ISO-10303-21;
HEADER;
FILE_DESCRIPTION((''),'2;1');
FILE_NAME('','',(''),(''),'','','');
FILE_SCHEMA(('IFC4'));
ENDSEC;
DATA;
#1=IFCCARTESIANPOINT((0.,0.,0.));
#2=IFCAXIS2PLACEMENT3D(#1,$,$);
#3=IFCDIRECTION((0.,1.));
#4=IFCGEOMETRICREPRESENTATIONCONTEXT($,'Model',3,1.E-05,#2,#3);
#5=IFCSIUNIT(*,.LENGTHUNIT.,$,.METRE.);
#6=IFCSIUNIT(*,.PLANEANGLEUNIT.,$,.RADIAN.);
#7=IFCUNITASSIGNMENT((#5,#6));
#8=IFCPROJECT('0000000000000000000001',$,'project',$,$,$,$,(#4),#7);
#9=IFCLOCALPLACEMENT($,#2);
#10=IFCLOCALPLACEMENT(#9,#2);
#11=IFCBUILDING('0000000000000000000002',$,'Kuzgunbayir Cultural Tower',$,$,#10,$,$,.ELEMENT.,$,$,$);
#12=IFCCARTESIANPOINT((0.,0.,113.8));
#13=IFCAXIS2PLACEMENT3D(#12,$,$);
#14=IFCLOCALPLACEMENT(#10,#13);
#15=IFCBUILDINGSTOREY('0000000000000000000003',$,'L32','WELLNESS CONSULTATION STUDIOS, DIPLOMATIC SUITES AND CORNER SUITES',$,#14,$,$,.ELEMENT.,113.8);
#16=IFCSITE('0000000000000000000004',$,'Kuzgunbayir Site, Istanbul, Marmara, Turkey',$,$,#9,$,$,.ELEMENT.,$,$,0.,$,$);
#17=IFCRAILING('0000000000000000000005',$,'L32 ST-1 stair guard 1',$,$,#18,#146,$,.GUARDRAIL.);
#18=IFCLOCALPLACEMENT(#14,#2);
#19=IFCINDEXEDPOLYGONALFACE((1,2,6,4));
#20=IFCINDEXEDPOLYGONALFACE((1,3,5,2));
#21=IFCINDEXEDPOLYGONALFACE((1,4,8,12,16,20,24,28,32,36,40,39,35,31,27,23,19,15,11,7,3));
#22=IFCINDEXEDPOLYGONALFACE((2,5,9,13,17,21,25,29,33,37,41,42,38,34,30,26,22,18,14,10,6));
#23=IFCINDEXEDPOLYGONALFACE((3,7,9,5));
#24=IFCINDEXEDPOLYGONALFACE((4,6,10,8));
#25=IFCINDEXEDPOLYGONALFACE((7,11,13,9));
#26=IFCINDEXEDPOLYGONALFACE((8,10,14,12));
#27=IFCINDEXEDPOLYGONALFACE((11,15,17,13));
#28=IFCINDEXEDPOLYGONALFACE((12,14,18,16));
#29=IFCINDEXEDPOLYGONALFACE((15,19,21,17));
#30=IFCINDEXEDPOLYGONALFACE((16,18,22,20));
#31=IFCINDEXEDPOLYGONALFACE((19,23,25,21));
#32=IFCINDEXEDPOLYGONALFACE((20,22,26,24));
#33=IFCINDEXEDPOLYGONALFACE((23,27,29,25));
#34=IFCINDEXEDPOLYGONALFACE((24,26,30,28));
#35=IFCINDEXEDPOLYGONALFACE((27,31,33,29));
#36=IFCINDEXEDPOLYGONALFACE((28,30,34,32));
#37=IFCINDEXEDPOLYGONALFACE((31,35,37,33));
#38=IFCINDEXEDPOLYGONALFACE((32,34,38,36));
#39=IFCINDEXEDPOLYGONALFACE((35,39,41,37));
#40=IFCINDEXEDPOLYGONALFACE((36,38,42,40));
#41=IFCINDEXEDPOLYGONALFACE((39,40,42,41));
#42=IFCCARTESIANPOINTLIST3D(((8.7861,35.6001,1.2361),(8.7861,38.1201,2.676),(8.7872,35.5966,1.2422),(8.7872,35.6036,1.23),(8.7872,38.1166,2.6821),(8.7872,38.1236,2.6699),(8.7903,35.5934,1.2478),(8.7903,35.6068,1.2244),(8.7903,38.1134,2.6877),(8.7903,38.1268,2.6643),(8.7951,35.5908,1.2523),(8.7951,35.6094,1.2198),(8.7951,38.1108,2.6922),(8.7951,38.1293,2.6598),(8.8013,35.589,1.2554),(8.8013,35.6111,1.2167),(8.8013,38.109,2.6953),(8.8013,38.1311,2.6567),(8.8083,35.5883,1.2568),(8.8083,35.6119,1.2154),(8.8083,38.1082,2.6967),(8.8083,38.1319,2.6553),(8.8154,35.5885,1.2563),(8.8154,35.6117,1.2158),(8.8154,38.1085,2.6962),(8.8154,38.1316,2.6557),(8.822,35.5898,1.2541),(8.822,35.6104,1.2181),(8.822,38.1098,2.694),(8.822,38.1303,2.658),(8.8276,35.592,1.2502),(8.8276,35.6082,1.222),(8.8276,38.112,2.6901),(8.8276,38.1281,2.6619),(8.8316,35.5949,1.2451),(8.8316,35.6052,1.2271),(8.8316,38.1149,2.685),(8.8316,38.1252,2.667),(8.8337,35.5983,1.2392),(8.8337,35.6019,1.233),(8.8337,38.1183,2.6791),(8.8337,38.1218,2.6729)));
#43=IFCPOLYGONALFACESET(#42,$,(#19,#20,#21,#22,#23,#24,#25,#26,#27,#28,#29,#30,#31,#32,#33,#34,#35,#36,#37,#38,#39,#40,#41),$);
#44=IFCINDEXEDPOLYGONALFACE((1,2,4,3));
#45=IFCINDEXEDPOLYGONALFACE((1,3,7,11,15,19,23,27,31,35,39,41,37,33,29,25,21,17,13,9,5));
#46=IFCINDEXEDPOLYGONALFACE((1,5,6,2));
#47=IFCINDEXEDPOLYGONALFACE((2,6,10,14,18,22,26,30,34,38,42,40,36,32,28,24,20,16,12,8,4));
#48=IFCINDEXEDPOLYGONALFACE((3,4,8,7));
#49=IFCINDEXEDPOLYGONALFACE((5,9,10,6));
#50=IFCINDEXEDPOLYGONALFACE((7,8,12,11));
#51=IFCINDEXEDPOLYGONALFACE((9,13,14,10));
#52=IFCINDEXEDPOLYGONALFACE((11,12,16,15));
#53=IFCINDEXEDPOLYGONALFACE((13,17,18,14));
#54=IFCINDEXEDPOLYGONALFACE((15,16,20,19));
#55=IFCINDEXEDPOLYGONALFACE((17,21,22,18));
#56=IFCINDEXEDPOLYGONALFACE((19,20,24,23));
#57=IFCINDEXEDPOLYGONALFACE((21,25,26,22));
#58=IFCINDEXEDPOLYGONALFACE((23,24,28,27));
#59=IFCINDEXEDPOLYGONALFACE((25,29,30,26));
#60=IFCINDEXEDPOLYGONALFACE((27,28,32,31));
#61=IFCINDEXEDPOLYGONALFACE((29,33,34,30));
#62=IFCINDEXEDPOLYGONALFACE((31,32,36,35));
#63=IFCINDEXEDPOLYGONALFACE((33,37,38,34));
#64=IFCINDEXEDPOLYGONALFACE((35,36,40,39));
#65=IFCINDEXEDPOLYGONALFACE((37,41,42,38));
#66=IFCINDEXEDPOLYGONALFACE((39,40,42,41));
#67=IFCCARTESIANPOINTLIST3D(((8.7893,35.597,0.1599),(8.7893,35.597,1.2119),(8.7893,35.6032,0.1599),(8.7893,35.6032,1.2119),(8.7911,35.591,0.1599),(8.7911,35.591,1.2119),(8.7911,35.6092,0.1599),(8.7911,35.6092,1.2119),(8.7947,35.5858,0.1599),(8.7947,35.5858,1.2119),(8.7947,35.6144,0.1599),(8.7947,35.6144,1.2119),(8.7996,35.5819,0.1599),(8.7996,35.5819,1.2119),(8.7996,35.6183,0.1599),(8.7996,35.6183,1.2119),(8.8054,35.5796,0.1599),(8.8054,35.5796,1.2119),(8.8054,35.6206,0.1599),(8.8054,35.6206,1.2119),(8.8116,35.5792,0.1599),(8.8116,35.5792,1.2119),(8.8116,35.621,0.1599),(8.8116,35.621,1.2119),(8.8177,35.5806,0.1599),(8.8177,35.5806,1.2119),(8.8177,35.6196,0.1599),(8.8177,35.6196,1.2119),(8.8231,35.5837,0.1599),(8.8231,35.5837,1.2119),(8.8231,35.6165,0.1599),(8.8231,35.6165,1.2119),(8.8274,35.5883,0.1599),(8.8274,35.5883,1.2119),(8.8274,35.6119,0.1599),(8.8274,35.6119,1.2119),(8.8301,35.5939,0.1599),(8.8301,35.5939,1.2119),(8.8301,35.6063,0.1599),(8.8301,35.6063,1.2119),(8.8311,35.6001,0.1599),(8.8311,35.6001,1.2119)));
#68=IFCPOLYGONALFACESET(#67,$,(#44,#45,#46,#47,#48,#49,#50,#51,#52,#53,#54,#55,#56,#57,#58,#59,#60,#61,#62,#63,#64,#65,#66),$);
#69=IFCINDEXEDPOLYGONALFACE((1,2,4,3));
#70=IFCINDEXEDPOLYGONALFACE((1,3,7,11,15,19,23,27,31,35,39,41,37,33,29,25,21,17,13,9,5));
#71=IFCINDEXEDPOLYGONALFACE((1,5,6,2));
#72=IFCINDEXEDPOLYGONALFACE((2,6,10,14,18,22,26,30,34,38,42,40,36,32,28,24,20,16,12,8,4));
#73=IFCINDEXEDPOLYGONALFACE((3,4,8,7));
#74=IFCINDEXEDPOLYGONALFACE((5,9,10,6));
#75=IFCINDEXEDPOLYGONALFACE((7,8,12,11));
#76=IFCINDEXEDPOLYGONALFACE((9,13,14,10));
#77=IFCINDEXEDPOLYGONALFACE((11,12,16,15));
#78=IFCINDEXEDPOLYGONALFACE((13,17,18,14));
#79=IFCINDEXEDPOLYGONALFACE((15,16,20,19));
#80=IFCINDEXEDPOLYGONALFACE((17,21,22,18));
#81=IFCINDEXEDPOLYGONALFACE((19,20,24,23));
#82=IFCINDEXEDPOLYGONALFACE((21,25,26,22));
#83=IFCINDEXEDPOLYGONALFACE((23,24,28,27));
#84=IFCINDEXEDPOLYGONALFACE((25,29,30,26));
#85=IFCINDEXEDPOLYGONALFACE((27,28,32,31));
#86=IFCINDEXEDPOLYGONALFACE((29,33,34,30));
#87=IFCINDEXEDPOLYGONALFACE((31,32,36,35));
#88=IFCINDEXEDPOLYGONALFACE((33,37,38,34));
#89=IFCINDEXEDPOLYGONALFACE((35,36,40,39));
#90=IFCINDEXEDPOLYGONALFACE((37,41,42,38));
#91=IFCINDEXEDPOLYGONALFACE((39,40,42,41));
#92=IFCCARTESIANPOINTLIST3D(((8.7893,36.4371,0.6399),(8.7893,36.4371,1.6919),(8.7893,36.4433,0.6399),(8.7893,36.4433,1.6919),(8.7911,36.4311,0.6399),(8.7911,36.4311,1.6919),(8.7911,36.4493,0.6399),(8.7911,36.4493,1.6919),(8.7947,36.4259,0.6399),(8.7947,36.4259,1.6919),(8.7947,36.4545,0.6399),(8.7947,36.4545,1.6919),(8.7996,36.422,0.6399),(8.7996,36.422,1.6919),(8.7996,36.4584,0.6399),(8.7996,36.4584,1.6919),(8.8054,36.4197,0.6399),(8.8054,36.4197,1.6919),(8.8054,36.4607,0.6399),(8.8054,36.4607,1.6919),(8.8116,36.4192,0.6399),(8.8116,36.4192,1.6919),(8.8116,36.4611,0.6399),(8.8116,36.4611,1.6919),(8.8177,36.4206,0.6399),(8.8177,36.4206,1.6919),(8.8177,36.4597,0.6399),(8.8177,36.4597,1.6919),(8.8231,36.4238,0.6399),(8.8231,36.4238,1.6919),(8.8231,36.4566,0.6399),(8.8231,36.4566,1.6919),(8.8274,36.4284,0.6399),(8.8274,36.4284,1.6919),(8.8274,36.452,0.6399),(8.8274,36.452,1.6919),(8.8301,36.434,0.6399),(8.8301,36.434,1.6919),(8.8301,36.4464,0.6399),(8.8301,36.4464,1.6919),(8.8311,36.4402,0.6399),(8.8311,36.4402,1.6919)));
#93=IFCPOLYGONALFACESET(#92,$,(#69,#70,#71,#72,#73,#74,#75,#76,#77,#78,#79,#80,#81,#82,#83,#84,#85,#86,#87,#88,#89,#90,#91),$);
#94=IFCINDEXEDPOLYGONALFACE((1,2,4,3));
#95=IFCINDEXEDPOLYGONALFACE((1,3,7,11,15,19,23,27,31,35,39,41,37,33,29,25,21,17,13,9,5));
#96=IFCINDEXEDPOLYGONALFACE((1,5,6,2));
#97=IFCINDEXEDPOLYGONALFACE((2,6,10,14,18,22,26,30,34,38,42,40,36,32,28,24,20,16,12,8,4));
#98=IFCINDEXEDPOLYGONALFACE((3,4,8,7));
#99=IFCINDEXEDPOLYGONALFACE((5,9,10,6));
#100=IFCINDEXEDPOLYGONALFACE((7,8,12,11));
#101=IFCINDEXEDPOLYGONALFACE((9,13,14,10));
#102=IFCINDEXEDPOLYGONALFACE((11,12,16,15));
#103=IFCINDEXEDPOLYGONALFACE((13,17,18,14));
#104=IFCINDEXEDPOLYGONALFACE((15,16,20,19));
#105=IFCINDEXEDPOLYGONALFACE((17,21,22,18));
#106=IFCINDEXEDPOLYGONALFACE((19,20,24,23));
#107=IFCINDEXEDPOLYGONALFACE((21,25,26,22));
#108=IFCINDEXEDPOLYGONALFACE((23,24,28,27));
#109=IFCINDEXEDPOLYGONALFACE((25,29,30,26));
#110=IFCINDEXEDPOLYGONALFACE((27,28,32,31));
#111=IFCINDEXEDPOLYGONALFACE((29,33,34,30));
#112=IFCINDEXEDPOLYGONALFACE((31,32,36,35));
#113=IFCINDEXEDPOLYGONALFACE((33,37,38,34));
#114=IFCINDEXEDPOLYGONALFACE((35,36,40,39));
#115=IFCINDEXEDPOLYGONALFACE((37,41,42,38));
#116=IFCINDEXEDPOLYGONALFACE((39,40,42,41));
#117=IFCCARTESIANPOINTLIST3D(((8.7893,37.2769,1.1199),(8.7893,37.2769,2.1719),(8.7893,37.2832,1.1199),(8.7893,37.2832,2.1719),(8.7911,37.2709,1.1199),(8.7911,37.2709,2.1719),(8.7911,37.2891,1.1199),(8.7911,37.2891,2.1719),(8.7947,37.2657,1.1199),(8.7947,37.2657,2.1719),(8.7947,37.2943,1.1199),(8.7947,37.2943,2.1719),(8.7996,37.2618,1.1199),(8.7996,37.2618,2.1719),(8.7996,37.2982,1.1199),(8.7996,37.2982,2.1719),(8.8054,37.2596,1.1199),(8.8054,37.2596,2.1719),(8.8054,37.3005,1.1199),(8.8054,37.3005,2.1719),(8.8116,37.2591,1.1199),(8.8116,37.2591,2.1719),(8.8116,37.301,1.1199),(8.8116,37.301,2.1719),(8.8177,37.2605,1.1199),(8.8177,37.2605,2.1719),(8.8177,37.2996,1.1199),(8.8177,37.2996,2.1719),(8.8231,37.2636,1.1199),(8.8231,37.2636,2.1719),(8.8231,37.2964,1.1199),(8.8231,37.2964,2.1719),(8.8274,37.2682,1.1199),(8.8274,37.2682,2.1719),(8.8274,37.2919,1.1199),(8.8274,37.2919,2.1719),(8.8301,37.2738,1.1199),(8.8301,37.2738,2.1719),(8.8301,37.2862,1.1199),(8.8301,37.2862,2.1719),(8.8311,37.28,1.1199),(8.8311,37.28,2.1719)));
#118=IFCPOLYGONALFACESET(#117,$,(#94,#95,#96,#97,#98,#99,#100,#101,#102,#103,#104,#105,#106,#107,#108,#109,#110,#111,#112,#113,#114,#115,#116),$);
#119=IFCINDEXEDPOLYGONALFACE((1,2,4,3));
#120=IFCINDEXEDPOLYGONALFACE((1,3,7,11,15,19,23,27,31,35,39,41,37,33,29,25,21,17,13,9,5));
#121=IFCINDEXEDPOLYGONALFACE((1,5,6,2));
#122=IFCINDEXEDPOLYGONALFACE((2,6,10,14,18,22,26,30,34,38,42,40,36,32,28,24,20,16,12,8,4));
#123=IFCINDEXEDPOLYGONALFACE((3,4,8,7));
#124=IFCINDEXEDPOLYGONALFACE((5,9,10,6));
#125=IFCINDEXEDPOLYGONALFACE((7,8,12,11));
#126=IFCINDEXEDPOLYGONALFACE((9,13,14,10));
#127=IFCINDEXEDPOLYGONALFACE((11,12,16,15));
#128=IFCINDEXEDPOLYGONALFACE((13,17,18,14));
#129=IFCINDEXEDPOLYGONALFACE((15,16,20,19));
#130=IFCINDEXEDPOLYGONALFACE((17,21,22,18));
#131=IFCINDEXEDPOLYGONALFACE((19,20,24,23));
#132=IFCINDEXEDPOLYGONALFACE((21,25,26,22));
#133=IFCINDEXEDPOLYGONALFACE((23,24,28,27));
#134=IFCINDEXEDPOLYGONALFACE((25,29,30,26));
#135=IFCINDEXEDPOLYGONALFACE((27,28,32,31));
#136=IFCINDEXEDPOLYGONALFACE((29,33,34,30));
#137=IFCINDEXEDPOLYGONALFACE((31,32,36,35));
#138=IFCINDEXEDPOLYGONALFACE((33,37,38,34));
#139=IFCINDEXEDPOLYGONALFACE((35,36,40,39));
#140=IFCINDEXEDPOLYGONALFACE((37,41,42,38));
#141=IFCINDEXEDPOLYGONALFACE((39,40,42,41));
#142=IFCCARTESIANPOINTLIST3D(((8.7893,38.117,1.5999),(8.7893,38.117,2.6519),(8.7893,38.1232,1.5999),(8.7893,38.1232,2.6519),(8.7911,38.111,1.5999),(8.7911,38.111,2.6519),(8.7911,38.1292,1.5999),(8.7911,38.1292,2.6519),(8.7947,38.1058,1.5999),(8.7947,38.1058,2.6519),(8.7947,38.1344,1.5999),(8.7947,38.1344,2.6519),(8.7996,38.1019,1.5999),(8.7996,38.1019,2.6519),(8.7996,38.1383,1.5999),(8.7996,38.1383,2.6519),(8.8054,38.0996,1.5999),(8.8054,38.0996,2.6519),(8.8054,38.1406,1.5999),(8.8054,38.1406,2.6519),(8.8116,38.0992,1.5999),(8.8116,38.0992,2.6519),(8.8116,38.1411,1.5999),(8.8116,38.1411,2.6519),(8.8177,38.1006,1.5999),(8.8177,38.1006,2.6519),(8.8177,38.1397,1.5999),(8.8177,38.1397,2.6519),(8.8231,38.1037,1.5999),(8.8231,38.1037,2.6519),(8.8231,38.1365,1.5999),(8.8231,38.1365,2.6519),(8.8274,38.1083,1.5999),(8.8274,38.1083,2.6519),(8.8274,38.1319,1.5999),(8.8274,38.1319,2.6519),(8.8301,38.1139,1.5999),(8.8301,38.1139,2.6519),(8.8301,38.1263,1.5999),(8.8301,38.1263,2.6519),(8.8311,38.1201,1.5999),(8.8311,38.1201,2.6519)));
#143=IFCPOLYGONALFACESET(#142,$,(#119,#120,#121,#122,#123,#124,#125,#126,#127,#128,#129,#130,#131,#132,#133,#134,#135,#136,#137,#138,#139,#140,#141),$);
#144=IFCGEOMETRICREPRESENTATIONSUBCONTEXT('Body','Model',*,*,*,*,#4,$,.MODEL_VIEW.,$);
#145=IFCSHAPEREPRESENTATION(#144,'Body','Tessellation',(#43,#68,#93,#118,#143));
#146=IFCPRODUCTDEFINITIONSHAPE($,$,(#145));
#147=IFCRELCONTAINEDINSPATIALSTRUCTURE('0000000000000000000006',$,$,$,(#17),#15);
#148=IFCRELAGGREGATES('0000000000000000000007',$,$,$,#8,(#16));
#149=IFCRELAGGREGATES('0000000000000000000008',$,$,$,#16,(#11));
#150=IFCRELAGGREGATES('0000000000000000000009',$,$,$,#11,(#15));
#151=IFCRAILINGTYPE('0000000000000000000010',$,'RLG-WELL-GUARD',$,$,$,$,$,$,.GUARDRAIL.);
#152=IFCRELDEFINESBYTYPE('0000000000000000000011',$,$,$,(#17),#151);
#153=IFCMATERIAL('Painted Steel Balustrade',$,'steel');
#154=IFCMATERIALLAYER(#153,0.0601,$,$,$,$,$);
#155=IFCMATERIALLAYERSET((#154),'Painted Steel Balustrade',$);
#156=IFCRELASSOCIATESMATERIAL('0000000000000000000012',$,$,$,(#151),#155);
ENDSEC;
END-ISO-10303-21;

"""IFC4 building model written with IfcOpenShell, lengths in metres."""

from ifc_helpers import new_model, si_unit, direction, frame, origin, origin_2d, place, context, subcontext, project, spatial, circle, extrude, material, layer, layer_set, type_object, element, save


model = new_model("IFC4")

# Units and contexts
model_context = context("Model", 3, precision=1e-05, world=origin(), true_north=direction((0.0, 1.0)))
body_context = subcontext(model_context, "Body", "Model", "MODEL_VIEW")
ifc_project = project(units=[si_unit("LENGTHUNIT", "METRE"), si_unit("PLANEANGLEUNIT", "RADIAN")], contexts=[model_context])

# Site, building, storey
site_placement = place(None, origin())
site = spatial("IfcSite", under=ifc_project, at=site_placement, Name="Kuzgunbayir Site, Istanbul, Marmara, Turkey", CompositionType="ELEMENT", RefElevation=0.0)
building_placement = place(site_placement, origin())
building = spatial("IfcBuilding", under=site, at=building_placement, Name="Kuzgunbayir Cultural Tower", CompositionType="ELEMENT")
storey_placement = place(building_placement, frame((0.0, 0.0, 113.8)))
storey = spatial("IfcBuildingStorey", under=building, at=storey_placement, Name="L32", Description="WELLNESS CONSULTATION STUDIOS, DIPLOMATIC SUITES AND CORNER SUITES", CompositionType="ELEMENT", Elevation=113.8)

# Railing
ifc_material_1 = material(Name="Painted Steel Balustrade", Category="steel")
ifc_layer_1 = layer(ifc_material_1, 0.0601)
ifc_layer_set_1 = layer_set([ifc_layer_1], Name="Painted Steel Balustrade")
railing_type_1 = type_object("IfcRailingType", Name="RLG-WELL-GUARD", PredefinedType="GUARDRAIL", material=ifc_layer_set_1)
railing_1_placement = place(storey_placement, frame((8.8101, 35.6001, 0.1599)))
element("IfcRailing", 1, at=railing_1_placement, inside=storey, type_object=railing_type_1, Name="L32 ST-1 stair guard 1", PredefinedType="GUARDRAIL", context=body_context, shape_type="SweptSolid", body=[
    extrude(circle(Radius=0.0239, at=origin_2d()), frame((0.0, 0.0, 1.0762), z_axis=(0.0, 0.868253, 0.496121), x_axis=(-1.0, 0.0, 0.0)), (0.0, 0.0, 1.0), 2.9023),
    extrude(circle(Radius=0.021, at=origin_2d()), origin(), (0.0, 0.0, 1.0), 1.052),
    extrude(circle(Radius=0.021, at=origin_2d()), frame((0.0, 0.8401, 0.48)), (0.0, 0.0, 1.0), 1.052),
    extrude(circle(Radius=0.021, at=origin_2d()), frame((0.0, 1.6799, 0.96)), (0.0, 0.0, 1.0), 1.052),
    extrude(circle(Radius=0.021, at=origin_2d()), frame((0.0, 2.52, 1.4399)), (0.0, 0.0, 1.0), 1.052),
])

save(model, "model.ifc")
